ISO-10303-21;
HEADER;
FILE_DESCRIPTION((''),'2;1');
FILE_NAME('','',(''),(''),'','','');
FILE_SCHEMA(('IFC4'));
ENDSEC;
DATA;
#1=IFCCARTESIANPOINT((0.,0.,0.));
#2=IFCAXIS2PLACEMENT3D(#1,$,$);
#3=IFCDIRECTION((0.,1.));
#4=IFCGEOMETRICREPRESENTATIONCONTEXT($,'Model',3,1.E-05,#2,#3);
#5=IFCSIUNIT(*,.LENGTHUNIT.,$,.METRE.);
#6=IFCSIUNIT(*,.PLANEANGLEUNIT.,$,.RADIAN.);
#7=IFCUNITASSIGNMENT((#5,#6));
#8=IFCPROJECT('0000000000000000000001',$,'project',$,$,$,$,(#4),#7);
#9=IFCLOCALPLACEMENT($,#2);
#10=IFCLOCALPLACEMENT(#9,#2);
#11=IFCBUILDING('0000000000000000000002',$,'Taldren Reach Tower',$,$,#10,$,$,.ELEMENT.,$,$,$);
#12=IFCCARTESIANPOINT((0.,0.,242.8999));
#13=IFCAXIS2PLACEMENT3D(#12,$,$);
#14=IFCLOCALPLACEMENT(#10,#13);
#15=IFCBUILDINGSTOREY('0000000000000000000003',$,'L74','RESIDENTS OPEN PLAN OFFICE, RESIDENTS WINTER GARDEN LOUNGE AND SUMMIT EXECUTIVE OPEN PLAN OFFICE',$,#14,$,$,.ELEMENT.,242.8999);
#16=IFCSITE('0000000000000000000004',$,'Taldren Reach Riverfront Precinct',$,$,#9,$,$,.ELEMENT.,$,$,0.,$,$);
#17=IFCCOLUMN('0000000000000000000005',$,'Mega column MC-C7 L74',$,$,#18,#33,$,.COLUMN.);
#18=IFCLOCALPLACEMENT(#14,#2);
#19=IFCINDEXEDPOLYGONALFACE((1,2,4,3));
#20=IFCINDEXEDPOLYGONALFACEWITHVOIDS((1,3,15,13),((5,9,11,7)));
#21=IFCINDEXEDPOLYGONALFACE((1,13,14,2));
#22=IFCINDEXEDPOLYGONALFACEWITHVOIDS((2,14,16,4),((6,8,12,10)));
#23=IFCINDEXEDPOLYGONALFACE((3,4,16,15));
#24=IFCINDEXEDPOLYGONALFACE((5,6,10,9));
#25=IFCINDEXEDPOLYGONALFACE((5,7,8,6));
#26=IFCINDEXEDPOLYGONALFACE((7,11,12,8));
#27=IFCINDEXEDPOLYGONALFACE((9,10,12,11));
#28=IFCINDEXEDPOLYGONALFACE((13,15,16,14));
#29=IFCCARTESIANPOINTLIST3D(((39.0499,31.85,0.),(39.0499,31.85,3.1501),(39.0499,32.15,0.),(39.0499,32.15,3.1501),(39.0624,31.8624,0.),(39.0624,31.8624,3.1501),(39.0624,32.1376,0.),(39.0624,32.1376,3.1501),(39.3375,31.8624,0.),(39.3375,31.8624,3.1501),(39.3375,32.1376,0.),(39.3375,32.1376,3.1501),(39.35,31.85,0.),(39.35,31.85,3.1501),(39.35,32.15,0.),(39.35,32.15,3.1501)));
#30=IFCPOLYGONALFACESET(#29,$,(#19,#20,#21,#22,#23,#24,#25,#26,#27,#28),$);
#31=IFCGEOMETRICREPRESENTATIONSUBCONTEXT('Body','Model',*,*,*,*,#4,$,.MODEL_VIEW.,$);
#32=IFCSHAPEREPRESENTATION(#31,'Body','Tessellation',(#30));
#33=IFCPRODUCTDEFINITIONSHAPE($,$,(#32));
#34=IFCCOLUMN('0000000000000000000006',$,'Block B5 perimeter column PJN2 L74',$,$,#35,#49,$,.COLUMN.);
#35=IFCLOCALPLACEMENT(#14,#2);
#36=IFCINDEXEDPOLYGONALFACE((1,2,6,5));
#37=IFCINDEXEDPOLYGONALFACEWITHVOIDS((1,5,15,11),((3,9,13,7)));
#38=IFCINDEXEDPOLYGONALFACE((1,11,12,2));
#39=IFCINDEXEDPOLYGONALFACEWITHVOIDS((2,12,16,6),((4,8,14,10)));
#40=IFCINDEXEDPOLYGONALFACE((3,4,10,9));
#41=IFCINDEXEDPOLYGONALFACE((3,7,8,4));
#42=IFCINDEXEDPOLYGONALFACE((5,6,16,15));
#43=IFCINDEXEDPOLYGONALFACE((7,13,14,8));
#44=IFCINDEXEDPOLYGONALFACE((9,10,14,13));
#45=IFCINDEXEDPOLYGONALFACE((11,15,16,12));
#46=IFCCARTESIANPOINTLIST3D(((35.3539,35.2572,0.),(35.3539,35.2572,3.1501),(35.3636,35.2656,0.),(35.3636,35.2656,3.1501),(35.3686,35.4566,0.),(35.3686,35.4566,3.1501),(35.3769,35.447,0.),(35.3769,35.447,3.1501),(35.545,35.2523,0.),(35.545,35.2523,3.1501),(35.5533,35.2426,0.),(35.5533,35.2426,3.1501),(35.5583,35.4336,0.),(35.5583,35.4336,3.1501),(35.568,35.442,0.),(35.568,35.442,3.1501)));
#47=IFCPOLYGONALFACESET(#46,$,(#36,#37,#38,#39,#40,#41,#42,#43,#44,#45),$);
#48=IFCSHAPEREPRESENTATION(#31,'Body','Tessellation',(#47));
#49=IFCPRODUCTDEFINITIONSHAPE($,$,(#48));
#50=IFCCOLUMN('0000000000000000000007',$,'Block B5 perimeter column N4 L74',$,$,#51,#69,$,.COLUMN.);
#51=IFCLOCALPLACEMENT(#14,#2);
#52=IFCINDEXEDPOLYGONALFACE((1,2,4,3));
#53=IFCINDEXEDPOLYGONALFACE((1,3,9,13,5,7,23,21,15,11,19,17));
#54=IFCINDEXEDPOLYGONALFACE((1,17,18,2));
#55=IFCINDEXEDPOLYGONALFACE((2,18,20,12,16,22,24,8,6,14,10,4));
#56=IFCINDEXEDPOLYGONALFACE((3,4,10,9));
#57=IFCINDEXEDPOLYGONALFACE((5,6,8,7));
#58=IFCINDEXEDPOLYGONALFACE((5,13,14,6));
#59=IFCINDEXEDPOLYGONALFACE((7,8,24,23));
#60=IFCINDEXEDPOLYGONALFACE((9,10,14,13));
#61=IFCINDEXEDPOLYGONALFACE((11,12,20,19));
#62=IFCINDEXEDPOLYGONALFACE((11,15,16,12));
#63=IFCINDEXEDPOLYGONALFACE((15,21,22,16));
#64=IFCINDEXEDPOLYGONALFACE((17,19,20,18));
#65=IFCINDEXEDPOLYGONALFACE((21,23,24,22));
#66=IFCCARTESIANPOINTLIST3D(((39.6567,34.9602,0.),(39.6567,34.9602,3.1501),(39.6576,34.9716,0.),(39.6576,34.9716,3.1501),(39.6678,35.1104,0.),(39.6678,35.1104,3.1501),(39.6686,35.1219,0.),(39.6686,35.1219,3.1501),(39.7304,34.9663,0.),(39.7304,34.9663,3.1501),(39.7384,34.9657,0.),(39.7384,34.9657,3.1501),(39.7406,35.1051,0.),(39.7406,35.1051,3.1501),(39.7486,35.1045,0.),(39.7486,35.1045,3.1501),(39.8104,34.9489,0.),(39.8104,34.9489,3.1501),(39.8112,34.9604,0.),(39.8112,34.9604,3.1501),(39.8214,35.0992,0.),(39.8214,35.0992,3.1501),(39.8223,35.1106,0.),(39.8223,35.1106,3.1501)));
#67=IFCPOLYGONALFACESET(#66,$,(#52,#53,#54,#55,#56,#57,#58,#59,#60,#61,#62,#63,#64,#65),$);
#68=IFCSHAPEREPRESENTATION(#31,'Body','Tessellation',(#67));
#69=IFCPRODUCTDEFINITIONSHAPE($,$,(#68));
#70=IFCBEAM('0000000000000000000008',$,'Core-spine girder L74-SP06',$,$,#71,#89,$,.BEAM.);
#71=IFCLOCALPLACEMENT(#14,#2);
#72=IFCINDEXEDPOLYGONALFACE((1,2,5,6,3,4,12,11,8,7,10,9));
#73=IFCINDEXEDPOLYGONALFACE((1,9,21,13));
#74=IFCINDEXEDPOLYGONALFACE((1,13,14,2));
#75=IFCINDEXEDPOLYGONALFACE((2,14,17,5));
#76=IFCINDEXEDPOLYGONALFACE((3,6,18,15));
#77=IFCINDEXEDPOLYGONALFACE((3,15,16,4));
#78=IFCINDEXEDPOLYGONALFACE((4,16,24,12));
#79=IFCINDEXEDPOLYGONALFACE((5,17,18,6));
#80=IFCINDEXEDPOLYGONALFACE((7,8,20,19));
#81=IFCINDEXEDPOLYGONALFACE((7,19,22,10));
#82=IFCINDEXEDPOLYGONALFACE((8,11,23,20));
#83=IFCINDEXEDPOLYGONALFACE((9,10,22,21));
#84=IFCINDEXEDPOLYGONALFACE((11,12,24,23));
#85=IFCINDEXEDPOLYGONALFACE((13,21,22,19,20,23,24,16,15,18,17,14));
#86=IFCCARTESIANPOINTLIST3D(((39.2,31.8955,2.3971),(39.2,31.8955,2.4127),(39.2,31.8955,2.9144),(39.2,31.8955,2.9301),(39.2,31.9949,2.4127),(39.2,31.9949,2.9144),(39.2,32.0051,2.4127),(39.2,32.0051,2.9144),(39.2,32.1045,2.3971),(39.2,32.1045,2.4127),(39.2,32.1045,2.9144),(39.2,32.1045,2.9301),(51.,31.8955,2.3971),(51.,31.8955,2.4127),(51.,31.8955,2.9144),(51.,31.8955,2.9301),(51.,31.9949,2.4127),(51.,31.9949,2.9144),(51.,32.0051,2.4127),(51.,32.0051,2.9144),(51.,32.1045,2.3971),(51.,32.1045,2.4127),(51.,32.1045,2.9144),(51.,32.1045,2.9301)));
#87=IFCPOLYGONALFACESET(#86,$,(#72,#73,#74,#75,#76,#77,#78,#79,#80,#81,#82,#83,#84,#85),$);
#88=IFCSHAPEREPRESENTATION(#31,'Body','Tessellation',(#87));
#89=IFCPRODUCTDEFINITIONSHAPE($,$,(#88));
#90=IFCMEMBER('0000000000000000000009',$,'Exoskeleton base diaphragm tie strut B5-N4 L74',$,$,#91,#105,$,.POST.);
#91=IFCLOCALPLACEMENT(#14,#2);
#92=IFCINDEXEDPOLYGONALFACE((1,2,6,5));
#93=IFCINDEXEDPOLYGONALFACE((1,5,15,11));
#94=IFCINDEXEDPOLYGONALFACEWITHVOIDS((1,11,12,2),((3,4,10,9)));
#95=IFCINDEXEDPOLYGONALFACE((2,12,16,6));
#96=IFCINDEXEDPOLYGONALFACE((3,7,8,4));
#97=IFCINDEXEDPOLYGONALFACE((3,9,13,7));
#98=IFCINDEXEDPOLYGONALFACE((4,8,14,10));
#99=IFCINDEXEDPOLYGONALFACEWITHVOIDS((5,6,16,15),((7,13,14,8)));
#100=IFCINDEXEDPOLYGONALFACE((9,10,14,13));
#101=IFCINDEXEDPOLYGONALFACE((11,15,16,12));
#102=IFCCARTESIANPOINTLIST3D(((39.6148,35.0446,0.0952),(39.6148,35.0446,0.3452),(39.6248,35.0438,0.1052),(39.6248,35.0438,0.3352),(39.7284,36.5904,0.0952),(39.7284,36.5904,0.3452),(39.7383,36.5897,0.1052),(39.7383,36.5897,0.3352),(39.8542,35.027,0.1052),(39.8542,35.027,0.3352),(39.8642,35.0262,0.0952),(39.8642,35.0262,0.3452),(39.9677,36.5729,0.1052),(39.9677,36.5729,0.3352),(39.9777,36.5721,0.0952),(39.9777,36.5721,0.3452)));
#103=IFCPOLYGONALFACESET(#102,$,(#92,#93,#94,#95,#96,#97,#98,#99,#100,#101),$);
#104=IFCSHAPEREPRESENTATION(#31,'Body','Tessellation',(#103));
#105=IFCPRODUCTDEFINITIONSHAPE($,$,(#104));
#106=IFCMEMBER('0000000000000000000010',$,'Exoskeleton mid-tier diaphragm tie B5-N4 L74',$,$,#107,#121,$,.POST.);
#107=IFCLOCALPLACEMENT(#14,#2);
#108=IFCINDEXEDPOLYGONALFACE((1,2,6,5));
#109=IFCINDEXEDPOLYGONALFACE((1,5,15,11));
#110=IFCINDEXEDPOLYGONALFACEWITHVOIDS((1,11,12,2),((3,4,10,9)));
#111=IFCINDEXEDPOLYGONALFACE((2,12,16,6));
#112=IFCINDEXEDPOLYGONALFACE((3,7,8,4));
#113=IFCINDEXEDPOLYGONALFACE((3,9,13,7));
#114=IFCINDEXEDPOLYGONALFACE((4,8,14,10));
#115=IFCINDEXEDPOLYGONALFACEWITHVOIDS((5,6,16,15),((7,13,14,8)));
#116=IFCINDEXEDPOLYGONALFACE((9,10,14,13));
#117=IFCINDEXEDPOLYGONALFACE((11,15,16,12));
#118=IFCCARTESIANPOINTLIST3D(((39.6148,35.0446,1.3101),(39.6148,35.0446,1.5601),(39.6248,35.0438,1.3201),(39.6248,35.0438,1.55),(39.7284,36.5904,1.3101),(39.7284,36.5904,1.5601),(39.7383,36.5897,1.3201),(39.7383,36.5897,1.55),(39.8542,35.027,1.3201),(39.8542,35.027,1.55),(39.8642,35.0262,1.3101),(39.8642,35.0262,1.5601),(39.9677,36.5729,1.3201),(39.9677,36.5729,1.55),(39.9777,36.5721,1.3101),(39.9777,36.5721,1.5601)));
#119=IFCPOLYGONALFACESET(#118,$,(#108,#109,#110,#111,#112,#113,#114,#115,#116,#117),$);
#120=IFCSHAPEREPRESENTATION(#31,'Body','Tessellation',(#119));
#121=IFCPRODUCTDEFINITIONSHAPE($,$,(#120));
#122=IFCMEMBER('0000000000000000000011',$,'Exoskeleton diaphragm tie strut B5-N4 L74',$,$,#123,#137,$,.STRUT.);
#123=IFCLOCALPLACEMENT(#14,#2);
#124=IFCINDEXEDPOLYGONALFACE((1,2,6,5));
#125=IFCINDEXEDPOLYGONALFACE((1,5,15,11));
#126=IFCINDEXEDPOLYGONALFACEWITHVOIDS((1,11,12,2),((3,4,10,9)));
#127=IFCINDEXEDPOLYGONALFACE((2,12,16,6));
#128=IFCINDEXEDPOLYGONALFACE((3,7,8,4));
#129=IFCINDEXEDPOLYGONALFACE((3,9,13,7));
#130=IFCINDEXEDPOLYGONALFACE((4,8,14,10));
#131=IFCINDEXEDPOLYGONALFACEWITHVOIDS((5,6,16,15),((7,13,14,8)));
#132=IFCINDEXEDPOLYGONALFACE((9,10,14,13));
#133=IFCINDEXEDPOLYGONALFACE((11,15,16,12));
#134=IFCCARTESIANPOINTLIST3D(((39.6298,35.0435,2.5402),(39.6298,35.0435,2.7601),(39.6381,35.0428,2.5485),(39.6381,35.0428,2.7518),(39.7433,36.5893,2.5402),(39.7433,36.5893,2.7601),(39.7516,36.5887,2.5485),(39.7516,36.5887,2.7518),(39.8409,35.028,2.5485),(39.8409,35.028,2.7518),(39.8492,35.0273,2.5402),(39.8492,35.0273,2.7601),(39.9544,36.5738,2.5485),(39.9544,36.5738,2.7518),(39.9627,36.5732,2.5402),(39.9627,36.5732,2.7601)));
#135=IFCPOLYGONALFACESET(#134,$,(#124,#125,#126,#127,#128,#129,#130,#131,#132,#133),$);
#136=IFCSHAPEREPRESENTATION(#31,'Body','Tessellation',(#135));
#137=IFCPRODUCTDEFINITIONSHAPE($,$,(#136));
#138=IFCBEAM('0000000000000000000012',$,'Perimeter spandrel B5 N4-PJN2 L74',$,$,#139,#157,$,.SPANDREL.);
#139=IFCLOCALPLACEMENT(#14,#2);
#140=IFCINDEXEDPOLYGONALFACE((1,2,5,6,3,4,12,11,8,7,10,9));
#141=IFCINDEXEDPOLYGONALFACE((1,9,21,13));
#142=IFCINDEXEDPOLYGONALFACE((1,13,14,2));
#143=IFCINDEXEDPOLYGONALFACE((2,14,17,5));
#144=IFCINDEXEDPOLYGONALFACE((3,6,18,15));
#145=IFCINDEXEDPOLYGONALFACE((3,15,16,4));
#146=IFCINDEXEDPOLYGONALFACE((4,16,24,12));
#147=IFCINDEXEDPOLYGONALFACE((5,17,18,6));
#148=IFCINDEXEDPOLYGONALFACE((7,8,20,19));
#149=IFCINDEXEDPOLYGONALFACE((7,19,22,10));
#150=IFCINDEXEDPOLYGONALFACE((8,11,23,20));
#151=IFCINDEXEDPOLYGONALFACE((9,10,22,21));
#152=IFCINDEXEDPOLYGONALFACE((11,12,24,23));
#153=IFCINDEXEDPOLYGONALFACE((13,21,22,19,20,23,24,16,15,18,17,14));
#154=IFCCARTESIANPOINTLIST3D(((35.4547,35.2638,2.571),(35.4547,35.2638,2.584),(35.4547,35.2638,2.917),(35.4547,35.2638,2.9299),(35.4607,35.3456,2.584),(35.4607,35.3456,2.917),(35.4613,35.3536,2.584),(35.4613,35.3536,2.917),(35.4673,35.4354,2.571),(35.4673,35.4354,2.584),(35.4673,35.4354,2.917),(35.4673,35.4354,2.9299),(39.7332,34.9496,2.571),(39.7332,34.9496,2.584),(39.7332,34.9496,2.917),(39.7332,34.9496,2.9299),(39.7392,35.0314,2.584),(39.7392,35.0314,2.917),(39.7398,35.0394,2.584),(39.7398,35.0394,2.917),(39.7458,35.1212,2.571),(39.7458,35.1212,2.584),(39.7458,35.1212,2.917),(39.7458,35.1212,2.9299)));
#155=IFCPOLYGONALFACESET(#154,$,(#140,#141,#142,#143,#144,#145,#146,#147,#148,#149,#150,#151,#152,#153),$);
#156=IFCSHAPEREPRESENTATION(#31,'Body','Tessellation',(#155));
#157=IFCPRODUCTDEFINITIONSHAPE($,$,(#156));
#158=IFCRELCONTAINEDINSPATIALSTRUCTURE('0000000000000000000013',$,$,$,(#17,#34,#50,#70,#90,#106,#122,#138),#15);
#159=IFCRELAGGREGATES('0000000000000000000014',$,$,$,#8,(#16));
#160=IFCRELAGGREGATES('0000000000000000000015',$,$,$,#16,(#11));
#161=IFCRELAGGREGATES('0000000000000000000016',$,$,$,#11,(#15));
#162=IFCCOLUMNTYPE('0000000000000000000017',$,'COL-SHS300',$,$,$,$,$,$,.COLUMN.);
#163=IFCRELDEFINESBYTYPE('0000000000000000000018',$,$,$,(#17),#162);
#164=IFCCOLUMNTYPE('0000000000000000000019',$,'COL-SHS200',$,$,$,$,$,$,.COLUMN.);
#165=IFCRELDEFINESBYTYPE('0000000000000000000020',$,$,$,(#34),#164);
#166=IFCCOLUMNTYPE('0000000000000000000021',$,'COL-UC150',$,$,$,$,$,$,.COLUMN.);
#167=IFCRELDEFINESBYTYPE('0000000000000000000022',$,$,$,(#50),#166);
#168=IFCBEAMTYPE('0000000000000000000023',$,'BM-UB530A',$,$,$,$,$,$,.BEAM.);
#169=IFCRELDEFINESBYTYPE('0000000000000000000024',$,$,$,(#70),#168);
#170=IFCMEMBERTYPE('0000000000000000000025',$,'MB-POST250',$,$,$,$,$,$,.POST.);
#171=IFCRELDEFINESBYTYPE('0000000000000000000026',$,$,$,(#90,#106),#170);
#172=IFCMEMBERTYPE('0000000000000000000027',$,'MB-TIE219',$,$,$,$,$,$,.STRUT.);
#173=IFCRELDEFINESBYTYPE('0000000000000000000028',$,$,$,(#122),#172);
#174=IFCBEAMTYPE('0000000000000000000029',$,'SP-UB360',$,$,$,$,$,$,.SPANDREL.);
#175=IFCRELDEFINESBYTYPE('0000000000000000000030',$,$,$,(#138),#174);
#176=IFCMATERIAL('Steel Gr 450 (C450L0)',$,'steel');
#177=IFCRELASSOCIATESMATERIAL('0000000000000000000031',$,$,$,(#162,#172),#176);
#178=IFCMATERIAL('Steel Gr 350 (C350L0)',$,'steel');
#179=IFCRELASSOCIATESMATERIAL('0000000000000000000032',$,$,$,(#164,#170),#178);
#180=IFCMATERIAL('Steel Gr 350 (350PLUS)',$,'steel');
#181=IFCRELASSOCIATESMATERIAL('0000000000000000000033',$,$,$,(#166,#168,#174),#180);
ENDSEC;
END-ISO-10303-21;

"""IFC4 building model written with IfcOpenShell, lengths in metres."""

from ifc_helpers import new_model, si_unit, direction, frame, origin, origin_2d, place, context, subcontext, project, spatial, hollow_rectangle, i_section, extrude, source, transform, mapped, material, material_profile, profile_set, type_object, element, save


model = new_model("IFC4")

# Units and contexts
model_context = context("Model", 3, precision=1e-05, world=origin(), true_north=direction((0.0, 1.0)))
body_context = subcontext(model_context, "Body", "Model", "MODEL_VIEW")
ifc_project = project(units=[si_unit("LENGTHUNIT", "METRE"), si_unit("PLANEANGLEUNIT", "RADIAN")], contexts=[model_context])

# Site, building, storey
site_placement = place(None, origin())
site = spatial("IfcSite", under=ifc_project, at=site_placement, Name="Taldren Reach Riverfront Precinct", CompositionType="ELEMENT", RefElevation=0.0)
building_placement = place(site_placement, origin())
building = spatial("IfcBuilding", under=site, at=building_placement, Name="Taldren Reach Tower", CompositionType="ELEMENT")
storey_placement = place(building_placement, frame((0.0, 0.0, 242.8999)))
storey = spatial("IfcBuildingStorey", under=building, at=storey_placement, Name="L74", Description="RESIDENTS OPEN PLAN OFFICE, RESIDENTS WINTER GARDEN LOUNGE AND SUMMIT EXECUTIVE OPEN PLAN OFFICE", CompositionType="ELEMENT", Elevation=242.8999)

# Columns
ifc_material_1 = material(Name="Steel Gr 450 (C450L0)", Category="steel")
ifc_material_profile_1 = material_profile(ifc_material_1, hollow_rectangle(XDim=0.3, YDim=0.3, WallThickness=0.0125, at=origin_2d()), Name="300x300x12.5SHS")
ifc_profile_set_1 = profile_set([ifc_material_profile_1], Name="Steel Gr 450 (C450L0)")
column_type_1 = type_object("IfcColumnType", Name="COL-SHS300", PredefinedType="COLUMN", material=ifc_profile_set_1)
shared_shape_1 = source(origin(), body_context, "Body", "SweptSolid", [
    extrude(hollow_rectangle(XDim=0.3, YDim=0.3, WallThickness=0.0125, at=origin_2d()), origin(), (0.0, 0.0, 1.0), 3.1501),
])
column_1_placement = place(storey_placement, frame((39.2, 32.0, 0.0), z_axis=(0.0, 0.0, 1.0), x_axis=(1.0, 0.0, 0.0)))
element("IfcColumn", 1, at=column_1_placement, inside=storey, type_object=column_type_1, Name="Mega column MC-C7 L74", PredefinedType="COLUMN", context=body_context, shape_type="MappedRepresentation", body=[
    mapped(shared_shape_1, transform((0.0, 0.0, 0.0), scale=1.0)),
])
ifc_material_2 = material(Name="Steel Gr 350 (C350L0)", Category="steel")
ifc_material_profile_2 = material_profile(ifc_material_2, hollow_rectangle(XDim=0.2, YDim=0.2, WallThickness=0.009, at=origin_2d()), Name="200x200x9.0SHS")
ifc_profile_set_2 = profile_set([ifc_material_profile_2], Name="Steel Gr 350 (C350L0)")
column_type_2 = type_object("IfcColumnType", Name="COL-SHS200", PredefinedType="COLUMN", material=ifc_profile_set_2)
shared_shape_2 = source(origin(), body_context, "Body", "SweptSolid", [
    extrude(hollow_rectangle(XDim=0.2, YDim=0.2, WallThickness=0.009, at=origin_2d()), origin(), (0.0, 0.0, 1.0), 3.1501),
])
column_2_placement = place(storey_placement, frame((35.4609, 35.3496, 0.0), z_axis=(0.0, 0.0, 1.0), x_axis=(0.997314, -0.073238, 0.0)))
element("IfcColumn", 2, at=column_2_placement, inside=storey, type_object=column_type_2, Name="Block B5 perimeter column PJN2 L74", PredefinedType="COLUMN", context=body_context, shape_type="MappedRepresentation", body=[
    mapped(shared_shape_2, transform((0.0, 0.0, 0.0), scale=1.0)),
])
ifc_material_3 = material(Name="Steel Gr 350 (350PLUS)", Category="steel")
ifc_material_profile_3 = material_profile(ifc_material_3, i_section(OverallWidth=0.1541, OverallDepth=0.1621, WebThickness=0.0081, FlangeThickness=0.0115, at=origin_2d()), Name="150UC37.2")
ifc_profile_set_3 = profile_set([ifc_material_profile_3], Name="Steel Gr 350 (350PLUS)")
column_type_3 = type_object("IfcColumnType", Name="COL-UC150", PredefinedType="COLUMN", material=ifc_profile_set_3)
shared_shape_3 = source(origin(), body_context, "Body", "SweptSolid", [
    extrude(i_section(OverallWidth=0.1541, OverallDepth=0.1621, WebThickness=0.0081, FlangeThickness=0.0115, at=origin_2d()), origin(), (0.0, 0.0, 1.0), 3.1501),
])
column_3_placement = place(storey_placement, frame((39.7395, 35.0354, 0.0), z_axis=(0.0, 0.0, 1.0), x_axis=(0.997314, -0.073238, 0.0)))
element("IfcColumn", 3, at=column_3_placement, inside=storey, type_object=column_type_3, Name="Block B5 perimeter column N4 L74", PredefinedType="COLUMN", context=body_context, shape_type="MappedRepresentation", body=[
    mapped(shared_shape_3, transform((0.0, 0.0, 0.0), scale=1.0)),
])

# Beam
ifc_material_profile_4 = material_profile(ifc_material_3, i_section(OverallWidth=0.209, OverallDepth=0.533, WebThickness=0.0103, FlangeThickness=0.0156, at=origin_2d()), Name="530UB92.4")
ifc_profile_set_4 = profile_set([ifc_material_profile_4], Name="Steel Gr 350 (350PLUS)")
beam_type_1 = type_object("IfcBeamType", Name="BM-UB530A", PredefinedType="BEAM", material=ifc_profile_set_4)
shared_shape_4 = source(origin(), body_context, "Body", "SweptSolid", [
    extrude(i_section(OverallWidth=0.209, OverallDepth=0.533, WebThickness=0.0103, FlangeThickness=0.0156, at=origin_2d()), origin(), (0.0, 0.0, 1.0), 11.8),
])
beam_1_placement = place(storey_placement, frame((39.2, 32.0, 2.6636), z_axis=(1.0, 0.0, 0.0), x_axis=(0.0, 1.0, 0.0)))
element("IfcBeam", 4, at=beam_1_placement, inside=storey, type_object=beam_type_1, Name="Core-spine girder L74-SP06", PredefinedType="BEAM", context=body_context, shape_type="MappedRepresentation", body=[
    mapped(shared_shape_4, transform((0.0, 0.0, 0.0), scale=1.0)),
])

# Members
ifc_material_profile_5 = material_profile(ifc_material_2, hollow_rectangle(XDim=0.25, YDim=0.25, WallThickness=0.01, at=origin_2d()), Name="250x250x10.0SHS")
ifc_profile_set_5 = profile_set([ifc_material_profile_5], Name="Steel Gr 350 (C350L0)")
member_type_1 = type_object("IfcMemberType", Name="MB-POST250", PredefinedType="POST", material=ifc_profile_set_5)
shared_shape_5 = source(origin(), body_context, "Body", "SweptSolid", [
    extrude(hollow_rectangle(XDim=0.25, YDim=0.25, WallThickness=0.01, at=origin_2d()), origin(), (0.0, 0.0, 1.0), 1.55),
])
for number, where, z_axis, x_axis, name in (
    (5, (39.7395, 35.0354, 0.2202), (0.073239, 0.997314, 0.0), (-0.997314, 0.073239, 0.0), "Exoskeleton base diaphragm tie strut B5-N4 L74"),
    (6, (39.7395, 35.0354, 1.4351), (0.073239, 0.997314, 0.0), (-0.997314, 0.073239, 0.0), "Exoskeleton mid-tier diaphragm tie B5-N4 L74"),
):
    element("IfcMember", number, at=place(storey_placement, frame(where, z_axis=z_axis, x_axis=x_axis)), inside=storey, type_object=member_type_1, Name=name, PredefinedType="POST", context=body_context, shape_type="MappedRepresentation", body=[
        mapped(shared_shape_5, transform((0.0, 0.0, 0.0), scale=1.0)),
    ])
ifc_material_profile_6 = material_profile(ifc_material_1, hollow_rectangle(XDim=0.22, YDim=0.22, WallThickness=0.0083, at=origin_2d()), Name="220x220x8.2SHS")
ifc_profile_set_6 = profile_set([ifc_material_profile_6], Name="Steel Gr 450 (C450L0)")
member_type_2 = type_object("IfcMemberType", Name="MB-TIE219", PredefinedType="STRUT", material=ifc_profile_set_6)
shared_shape_6 = source(origin(), body_context, "Body", "SweptSolid", [
    extrude(hollow_rectangle(XDim=0.22, YDim=0.22, WallThickness=0.0083, at=origin_2d()), origin(), (0.0, 0.0, 1.0), 1.55),
])
member_1_placement = place(storey_placement, frame((39.7395, 35.0354, 2.6501), z_axis=(0.073239, 0.997314, 0.0), x_axis=(-0.997314, 0.073239, 0.0)))
element("IfcMember", 7, at=member_1_placement, inside=storey, type_object=member_type_2, Name="Exoskeleton diaphragm tie strut B5-N4 L74", PredefinedType="STRUT", context=body_context, shape_type="MappedRepresentation", body=[
    mapped(shared_shape_6, transform((0.0, 0.0, 0.0), scale=1.0)),
])

# Beam
ifc_material_profile_7 = material_profile(ifc_material_3, i_section(OverallWidth=0.1721, OverallDepth=0.3589, WebThickness=0.0081, FlangeThickness=0.0129, at=origin_2d()), Name="360UB56.7")
ifc_profile_set_7 = profile_set([ifc_material_profile_7], Name="Steel Gr 350 (350PLUS)")
beam_type_2 = type_object("IfcBeamType", Name="SP-UB360", PredefinedType="SPANDREL", material=ifc_profile_set_7)
shared_shape_7 = source(origin(), body_context, "Body", "SweptSolid", [
    extrude(i_section(OverallWidth=0.1721, OverallDepth=0.3589, WebThickness=0.0081, FlangeThickness=0.0129, at=origin_2d()), origin(), (0.0, 0.0, 1.0), 4.29),
])
beam_2_placement = place(storey_placement, frame((39.7395, 35.0354, 2.7505), z_axis=(-0.997314, 0.073241, 0.0), x_axis=(-0.073241, -0.997314, 0.0)))
element("IfcBeam", 8, at=beam_2_placement, inside=storey, type_object=beam_type_2, Name="Perimeter spandrel B5 N4-PJN2 L74", PredefinedType="SPANDREL", context=body_context, shape_type="MappedRepresentation", body=[
    mapped(shared_shape_7, transform((0.0, 0.0, 0.0), scale=1.0)),
])

save(model, "model.ifc")
